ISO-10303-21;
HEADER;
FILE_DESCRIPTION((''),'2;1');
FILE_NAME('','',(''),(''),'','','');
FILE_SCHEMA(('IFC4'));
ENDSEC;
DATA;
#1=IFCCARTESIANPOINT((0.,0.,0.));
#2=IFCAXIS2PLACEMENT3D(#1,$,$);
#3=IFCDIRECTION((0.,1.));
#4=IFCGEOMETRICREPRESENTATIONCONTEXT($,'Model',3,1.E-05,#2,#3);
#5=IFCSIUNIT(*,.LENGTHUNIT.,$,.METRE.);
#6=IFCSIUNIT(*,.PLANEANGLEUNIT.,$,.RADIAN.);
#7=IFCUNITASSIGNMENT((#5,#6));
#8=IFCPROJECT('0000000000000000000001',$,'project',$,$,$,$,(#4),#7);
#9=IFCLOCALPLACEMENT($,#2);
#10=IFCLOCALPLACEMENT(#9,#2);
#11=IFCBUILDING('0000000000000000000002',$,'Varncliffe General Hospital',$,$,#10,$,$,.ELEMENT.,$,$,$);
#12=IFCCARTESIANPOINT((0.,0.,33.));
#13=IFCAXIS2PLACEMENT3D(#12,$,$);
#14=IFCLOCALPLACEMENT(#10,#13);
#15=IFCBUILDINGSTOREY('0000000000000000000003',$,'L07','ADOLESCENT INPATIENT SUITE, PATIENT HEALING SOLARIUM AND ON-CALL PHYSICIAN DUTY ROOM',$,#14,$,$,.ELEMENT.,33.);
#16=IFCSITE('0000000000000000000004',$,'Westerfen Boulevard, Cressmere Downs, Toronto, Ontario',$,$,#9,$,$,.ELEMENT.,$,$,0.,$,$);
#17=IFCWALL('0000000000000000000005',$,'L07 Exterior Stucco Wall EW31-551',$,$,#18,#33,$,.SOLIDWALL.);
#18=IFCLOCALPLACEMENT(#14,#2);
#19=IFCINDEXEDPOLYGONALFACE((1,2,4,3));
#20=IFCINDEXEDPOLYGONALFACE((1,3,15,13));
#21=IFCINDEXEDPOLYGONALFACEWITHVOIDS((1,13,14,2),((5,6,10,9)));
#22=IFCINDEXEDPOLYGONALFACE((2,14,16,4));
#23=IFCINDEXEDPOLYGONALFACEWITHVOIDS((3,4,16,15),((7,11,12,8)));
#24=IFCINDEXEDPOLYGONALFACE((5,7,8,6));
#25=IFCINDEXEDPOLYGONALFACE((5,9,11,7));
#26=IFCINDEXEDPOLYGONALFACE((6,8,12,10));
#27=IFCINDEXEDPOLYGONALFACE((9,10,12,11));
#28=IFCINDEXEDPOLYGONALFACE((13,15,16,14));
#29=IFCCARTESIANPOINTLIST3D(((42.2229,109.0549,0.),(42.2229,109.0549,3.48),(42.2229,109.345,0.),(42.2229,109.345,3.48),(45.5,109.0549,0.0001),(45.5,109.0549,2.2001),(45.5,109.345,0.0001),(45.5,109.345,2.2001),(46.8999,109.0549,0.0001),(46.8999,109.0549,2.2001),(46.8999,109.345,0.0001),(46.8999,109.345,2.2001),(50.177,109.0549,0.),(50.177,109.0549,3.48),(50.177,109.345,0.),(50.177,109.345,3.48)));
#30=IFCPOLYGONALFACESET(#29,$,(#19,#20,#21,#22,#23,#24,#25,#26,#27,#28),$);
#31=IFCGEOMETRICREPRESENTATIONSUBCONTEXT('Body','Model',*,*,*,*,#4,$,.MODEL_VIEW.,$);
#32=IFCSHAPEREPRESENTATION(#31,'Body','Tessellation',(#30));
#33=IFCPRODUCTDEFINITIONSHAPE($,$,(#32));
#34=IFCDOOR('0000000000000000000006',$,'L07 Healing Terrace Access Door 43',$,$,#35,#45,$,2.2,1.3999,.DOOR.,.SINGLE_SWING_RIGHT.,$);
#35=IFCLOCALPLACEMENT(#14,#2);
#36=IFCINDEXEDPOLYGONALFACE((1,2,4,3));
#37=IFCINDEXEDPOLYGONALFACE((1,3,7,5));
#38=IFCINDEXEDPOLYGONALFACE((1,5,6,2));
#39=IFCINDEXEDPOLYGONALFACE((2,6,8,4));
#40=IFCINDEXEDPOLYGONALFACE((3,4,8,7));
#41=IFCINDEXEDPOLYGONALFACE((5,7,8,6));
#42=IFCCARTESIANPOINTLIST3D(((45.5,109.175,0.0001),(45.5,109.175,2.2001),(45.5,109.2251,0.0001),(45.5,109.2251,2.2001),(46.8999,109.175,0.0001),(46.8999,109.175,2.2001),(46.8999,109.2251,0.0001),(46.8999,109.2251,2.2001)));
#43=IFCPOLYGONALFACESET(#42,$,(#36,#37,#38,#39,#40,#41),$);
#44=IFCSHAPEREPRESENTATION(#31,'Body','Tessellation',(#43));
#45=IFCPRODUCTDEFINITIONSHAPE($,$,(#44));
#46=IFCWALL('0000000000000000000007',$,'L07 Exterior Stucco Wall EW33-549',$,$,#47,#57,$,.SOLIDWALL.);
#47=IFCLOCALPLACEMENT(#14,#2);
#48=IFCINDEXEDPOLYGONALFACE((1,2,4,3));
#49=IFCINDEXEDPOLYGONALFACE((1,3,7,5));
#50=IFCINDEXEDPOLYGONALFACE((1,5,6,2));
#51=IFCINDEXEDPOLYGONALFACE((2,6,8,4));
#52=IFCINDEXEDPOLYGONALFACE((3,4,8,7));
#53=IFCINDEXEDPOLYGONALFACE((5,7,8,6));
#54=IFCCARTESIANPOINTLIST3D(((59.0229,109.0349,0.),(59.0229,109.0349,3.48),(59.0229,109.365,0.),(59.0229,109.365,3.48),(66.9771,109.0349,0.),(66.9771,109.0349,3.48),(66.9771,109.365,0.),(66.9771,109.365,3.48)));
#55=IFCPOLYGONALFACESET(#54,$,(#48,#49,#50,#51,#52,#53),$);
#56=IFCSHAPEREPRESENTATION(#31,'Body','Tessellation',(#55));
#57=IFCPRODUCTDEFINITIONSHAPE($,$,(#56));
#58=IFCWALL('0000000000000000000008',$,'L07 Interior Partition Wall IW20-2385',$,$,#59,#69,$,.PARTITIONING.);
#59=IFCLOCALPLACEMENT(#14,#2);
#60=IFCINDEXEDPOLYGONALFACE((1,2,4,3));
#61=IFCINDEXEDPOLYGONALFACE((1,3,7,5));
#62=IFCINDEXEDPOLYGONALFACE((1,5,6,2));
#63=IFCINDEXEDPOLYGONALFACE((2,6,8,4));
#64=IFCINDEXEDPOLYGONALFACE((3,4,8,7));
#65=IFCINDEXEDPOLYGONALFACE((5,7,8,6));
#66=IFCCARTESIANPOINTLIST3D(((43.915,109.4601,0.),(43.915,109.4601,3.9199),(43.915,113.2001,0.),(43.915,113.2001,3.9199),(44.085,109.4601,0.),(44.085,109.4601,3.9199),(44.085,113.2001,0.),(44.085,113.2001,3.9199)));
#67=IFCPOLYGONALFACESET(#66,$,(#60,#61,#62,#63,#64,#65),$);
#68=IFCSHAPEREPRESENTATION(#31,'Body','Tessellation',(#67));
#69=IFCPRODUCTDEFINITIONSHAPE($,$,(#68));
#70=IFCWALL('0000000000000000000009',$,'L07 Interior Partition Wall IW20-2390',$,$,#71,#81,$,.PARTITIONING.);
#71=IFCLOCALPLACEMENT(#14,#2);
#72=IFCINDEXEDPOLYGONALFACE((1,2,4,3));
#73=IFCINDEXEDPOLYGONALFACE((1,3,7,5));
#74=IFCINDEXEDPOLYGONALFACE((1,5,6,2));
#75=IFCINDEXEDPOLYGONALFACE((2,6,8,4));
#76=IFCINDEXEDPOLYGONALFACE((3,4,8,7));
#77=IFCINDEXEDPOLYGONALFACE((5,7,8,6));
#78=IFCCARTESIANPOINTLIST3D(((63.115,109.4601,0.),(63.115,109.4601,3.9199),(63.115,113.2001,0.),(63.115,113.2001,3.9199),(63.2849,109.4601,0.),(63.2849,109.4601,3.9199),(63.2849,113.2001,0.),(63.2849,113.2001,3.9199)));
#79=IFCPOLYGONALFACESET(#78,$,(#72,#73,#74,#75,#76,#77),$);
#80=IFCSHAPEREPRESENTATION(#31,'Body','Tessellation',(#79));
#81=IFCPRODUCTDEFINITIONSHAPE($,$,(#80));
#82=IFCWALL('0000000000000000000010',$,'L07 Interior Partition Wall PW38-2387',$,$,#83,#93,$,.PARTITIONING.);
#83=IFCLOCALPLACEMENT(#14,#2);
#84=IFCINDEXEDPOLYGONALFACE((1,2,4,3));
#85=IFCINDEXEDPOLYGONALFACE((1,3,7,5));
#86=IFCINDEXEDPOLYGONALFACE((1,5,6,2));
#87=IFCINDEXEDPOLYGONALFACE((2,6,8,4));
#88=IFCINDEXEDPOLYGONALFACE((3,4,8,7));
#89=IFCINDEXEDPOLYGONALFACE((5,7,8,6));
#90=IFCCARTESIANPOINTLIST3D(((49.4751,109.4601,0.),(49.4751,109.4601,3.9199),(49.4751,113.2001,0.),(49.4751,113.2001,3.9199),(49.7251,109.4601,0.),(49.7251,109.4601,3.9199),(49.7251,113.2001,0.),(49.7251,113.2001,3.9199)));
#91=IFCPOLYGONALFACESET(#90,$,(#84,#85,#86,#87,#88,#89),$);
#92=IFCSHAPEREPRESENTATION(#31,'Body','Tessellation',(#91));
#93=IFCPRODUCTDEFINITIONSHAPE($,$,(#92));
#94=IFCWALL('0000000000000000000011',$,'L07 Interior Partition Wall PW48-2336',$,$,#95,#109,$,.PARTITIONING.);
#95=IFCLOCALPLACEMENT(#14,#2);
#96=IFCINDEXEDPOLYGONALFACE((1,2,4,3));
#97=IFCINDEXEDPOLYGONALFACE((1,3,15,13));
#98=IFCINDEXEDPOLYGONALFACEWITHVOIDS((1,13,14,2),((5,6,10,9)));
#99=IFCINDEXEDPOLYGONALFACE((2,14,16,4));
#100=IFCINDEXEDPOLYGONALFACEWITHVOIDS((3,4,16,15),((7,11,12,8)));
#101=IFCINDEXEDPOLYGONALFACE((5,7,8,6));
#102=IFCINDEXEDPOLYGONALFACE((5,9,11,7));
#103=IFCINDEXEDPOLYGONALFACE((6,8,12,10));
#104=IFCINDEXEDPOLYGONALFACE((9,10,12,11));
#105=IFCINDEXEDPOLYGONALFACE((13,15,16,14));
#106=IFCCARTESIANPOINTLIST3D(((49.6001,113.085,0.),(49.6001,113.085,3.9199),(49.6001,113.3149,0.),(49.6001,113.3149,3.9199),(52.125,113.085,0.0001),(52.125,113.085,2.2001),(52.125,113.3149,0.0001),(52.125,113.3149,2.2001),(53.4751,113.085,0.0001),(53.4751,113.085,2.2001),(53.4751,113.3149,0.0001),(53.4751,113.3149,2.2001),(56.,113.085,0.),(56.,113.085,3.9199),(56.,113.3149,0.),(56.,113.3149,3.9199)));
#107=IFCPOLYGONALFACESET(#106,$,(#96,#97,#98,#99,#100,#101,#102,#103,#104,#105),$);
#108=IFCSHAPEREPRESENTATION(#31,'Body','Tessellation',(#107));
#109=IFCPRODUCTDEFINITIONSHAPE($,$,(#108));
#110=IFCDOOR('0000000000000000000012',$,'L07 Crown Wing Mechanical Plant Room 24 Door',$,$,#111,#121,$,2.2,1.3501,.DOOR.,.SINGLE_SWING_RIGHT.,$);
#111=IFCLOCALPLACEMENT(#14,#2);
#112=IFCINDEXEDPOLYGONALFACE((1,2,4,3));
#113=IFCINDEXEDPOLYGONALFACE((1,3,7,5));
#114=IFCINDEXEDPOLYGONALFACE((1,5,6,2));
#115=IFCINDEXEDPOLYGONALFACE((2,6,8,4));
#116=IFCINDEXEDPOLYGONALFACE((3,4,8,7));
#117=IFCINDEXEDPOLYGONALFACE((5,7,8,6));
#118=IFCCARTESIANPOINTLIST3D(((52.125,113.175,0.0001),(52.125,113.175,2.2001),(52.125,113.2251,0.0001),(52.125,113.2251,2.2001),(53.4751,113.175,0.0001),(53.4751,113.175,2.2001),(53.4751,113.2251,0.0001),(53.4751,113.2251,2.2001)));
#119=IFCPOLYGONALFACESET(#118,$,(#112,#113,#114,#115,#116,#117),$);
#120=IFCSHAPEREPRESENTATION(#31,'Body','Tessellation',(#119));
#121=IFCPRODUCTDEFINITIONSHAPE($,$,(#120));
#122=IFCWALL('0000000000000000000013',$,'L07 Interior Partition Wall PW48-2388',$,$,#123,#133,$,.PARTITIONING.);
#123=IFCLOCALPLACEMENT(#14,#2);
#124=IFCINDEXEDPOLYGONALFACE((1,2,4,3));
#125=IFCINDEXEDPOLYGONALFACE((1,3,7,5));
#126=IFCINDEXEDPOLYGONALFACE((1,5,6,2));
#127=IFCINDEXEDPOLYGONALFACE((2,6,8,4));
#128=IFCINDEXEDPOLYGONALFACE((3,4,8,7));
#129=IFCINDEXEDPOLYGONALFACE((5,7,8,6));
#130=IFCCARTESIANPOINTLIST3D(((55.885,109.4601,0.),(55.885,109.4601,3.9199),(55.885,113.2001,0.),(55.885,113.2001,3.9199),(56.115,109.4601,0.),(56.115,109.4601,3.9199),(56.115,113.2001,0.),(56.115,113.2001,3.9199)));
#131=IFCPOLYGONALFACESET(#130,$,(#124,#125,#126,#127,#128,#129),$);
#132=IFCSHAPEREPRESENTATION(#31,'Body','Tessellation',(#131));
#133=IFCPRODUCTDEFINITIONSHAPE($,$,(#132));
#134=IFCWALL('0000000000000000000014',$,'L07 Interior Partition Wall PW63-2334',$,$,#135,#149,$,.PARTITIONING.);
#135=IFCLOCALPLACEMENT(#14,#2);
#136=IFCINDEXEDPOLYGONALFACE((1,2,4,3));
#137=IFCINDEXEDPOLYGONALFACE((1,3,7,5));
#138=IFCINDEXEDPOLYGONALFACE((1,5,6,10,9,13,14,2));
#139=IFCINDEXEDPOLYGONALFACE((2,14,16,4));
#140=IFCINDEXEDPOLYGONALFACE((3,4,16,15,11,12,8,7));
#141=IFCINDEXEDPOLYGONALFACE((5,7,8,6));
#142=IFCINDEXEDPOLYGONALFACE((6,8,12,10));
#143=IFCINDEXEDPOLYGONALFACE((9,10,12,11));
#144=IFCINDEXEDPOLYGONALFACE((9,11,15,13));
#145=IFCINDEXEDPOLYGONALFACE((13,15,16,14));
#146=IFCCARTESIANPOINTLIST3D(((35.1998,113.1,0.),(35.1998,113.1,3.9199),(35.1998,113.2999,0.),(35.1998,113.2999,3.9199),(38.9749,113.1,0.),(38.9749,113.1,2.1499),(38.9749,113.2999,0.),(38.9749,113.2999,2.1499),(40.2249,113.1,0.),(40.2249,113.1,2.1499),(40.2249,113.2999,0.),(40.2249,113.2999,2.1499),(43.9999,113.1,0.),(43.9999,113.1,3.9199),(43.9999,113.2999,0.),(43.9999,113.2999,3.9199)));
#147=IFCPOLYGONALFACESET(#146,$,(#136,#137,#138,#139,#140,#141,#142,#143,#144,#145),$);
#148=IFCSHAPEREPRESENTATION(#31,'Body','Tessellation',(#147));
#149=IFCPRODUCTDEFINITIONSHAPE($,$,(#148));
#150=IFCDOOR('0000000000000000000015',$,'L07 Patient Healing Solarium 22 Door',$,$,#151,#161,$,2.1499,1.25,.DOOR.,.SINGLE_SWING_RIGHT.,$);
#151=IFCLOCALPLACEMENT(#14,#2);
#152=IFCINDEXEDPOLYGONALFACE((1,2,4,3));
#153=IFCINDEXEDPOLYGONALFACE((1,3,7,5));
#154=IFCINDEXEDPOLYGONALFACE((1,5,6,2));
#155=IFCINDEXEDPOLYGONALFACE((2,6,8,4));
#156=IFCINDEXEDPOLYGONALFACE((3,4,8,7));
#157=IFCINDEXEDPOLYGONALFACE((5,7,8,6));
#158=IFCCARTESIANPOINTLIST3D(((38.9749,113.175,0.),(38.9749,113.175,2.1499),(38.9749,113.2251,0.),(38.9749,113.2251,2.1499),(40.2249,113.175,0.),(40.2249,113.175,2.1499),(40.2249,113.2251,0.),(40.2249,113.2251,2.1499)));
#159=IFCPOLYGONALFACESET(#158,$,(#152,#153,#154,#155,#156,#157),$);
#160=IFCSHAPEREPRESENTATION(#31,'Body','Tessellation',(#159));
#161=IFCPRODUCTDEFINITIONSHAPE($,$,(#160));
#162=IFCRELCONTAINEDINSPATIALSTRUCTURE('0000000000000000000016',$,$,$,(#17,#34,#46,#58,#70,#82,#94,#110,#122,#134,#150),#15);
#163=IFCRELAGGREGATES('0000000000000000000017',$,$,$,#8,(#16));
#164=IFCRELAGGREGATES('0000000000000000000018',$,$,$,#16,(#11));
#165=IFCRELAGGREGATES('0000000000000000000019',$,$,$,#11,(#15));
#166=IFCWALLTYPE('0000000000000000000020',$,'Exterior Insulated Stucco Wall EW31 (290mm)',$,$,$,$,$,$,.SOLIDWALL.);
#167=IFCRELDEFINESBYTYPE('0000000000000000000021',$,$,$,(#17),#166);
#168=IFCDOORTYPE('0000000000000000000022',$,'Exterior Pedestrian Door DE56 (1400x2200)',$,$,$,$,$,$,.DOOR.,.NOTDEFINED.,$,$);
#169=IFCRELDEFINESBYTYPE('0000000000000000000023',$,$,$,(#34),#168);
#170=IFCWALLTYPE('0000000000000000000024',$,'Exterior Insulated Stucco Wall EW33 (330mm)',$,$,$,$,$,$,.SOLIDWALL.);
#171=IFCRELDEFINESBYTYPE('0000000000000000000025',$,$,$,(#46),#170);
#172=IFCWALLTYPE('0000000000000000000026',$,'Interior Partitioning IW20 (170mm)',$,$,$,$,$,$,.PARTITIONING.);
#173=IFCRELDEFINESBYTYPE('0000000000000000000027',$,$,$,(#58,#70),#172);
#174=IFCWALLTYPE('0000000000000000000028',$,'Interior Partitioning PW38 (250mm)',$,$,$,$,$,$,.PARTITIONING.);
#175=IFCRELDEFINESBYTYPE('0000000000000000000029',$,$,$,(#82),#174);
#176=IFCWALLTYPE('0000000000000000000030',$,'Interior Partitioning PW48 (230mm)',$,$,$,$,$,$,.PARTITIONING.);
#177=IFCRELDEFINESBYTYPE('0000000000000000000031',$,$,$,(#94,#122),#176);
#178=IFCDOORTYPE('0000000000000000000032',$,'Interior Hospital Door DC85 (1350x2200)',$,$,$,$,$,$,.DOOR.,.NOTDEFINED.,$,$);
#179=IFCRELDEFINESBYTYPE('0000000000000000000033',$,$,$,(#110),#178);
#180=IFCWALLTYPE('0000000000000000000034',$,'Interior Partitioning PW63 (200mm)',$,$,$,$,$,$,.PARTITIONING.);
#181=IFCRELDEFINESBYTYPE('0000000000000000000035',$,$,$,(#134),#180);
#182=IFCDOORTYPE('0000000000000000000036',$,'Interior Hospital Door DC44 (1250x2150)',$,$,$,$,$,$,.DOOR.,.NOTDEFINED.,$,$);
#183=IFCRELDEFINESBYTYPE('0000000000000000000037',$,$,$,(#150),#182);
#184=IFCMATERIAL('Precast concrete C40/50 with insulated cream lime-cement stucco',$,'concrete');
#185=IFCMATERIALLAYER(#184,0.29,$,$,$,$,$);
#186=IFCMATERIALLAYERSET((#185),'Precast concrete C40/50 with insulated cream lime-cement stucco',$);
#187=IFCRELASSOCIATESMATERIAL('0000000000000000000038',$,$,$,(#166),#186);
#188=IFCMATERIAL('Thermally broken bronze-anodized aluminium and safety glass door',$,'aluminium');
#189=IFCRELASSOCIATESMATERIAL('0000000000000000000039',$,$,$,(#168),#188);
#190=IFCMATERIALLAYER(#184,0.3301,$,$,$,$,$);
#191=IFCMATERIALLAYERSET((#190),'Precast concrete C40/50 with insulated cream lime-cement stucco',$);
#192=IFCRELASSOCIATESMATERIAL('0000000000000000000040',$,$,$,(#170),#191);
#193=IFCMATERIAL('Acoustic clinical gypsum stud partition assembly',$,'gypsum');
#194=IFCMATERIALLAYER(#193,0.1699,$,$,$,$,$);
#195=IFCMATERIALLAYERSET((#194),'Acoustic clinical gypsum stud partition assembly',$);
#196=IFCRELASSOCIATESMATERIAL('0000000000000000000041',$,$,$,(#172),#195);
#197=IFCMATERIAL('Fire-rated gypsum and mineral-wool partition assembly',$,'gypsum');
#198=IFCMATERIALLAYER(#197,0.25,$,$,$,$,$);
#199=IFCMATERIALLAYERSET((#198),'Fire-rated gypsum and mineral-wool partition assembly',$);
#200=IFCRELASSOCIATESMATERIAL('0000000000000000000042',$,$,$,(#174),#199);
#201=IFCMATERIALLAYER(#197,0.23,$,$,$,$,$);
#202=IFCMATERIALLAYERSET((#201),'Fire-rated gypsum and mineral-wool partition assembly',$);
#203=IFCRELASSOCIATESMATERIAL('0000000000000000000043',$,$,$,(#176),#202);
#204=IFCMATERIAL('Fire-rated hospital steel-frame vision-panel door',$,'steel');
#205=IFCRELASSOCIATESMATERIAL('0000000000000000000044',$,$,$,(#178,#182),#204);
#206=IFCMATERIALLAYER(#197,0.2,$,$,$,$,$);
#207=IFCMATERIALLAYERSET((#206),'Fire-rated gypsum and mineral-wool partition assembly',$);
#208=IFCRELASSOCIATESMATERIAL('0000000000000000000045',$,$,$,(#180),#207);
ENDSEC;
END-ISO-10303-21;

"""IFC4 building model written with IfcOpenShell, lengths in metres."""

from ifc_helpers import new_model, si_unit, direction, frame, frame_2d, origin, place, context, subcontext, project, spatial, rectangle, extrude, material, layer, layer_set, type_object, element, fill, save


model = new_model("IFC4")

# Units and contexts
model_context = context("Model", 3, precision=1e-05, world=origin(), true_north=direction((0.0, 1.0)))
body_context = subcontext(model_context, "Body", "Model", "MODEL_VIEW")
ifc_project = project(units=[si_unit("LENGTHUNIT", "METRE"), si_unit("PLANEANGLEUNIT", "RADIAN")], contexts=[model_context])

# Site, building, storey
site_placement = place(None, origin())
site = spatial("IfcSite", under=ifc_project, at=site_placement, Name="Westerfen Boulevard, Cressmere Downs, Toronto, Ontario", CompositionType="ELEMENT", RefElevation=0.0)
building_placement = place(site_placement, origin())
building = spatial("IfcBuilding", under=site, at=building_placement, Name="Varncliffe General Hospital", CompositionType="ELEMENT")
storey_placement = place(building_placement, frame((0.0, 0.0, 33.0)))
storey = spatial("IfcBuildingStorey", under=building, at=storey_placement, Name="L07", Description="ADOLESCENT INPATIENT SUITE, PATIENT HEALING SOLARIUM AND ON-CALL PHYSICIAN DUTY ROOM", CompositionType="ELEMENT", Elevation=33.0)

# Shared definitions
ifc_material_1 = material(Name="Precast concrete C40/50 with insulated cream lime-cement stucco", Category="concrete")

# Wall, opening, door
ifc_layer_1 = layer(ifc_material_1, 0.29)
ifc_layer_set_1 = layer_set([ifc_layer_1], Name="Precast concrete C40/50 with insulated cream lime-cement stucco")
wall_type_1 = type_object("IfcWallType", Name="Exterior Insulated Stucco Wall EW31 (290mm)", PredefinedType="SOLIDWALL", material=ifc_layer_set_1)
wall_1_placement = place(storey_placement, frame((50.177, 109.2, 0.0), z_axis=(0.0, 0.0, 1.0), x_axis=(-1.0, 0.0, 0.0)))
wall_1 = element("IfcWall", 1, at=wall_1_placement, inside=storey, type_object=wall_type_1, Name="L07 Exterior Stucco Wall EW31-551", PredefinedType="SOLIDWALL", context=body_context, shape_type="SweptSolid", body=[
    extrude(rectangle(XDim=7.9541, YDim=0.29, at=frame_2d((3.9771, 0.0))), origin(), (0.0, 0.0, 1.0), 3.48),
])
opening_1_placement = place(wall_1_placement, frame((3.2771, 0.0, 0.0)))
opening_1 = element("IfcOpeningElement", 2, at=opening_1_placement, cuts=wall_1, PredefinedType="OPENING", context=body_context, shape_type="SweptSolid", body=[
    extrude(rectangle(XDim=1.3999, YDim=2.2, at=frame_2d((0.7, 1.1001))), frame((0.0, 0.155, 0.0), z_axis=(0.0, -1.0, 0.0), x_axis=(1.0, 0.0, 0.0)), (0.0, 0.0, 1.0), 0.3101),
])
ifc_material_2 = material(Name="Thermally broken bronze-anodized aluminium and safety glass door", Category="aluminium")
door_type_1 = type_object("IfcDoorType", Name="Exterior Pedestrian Door DE56 (1400x2200)", OperationType="NOTDEFINED", PredefinedType="DOOR", material=ifc_material_2)
door_1_placement = place(opening_1_placement, origin())
door_1 = element("IfcDoor", 3, at=door_1_placement, inside=storey, type_object=door_type_1, Name="L07 Healing Terrace Access Door 43", OperationType="SINGLE_SWING_RIGHT", OverallHeight=2.2, OverallWidth=1.3999, PredefinedType="DOOR", context=body_context, shape_type="SweptSolid", body=[
    extrude(rectangle(XDim=1.3999, YDim=2.2, at=frame_2d((0.7, 1.1001))), frame((0.0, 0.0249, 0.0), z_axis=(0.0, -1.0, 0.0), x_axis=(1.0, 0.0, 0.0)), (0.0, 0.0, 1.0), 0.05),
])
fill(opening_1, door_1)

# Walls
ifc_layer_2 = layer(ifc_material_1, 0.3301)
ifc_layer_set_2 = layer_set([ifc_layer_2], Name="Precast concrete C40/50 with insulated cream lime-cement stucco")
wall_type_2 = type_object("IfcWallType", Name="Exterior Insulated Stucco Wall EW33 (330mm)", PredefinedType="SOLIDWALL", material=ifc_layer_set_2)
wall_2_placement = place(storey_placement, frame((66.9771, 109.2, 0.0), z_axis=(0.0, 0.0, 1.0), x_axis=(-1.0, 0.0, 0.0)))
element("IfcWall", 4, at=wall_2_placement, inside=storey, type_object=wall_type_2, Name="L07 Exterior Stucco Wall EW33-549", PredefinedType="SOLIDWALL", context=body_context, shape_type="SweptSolid", body=[
    extrude(rectangle(XDim=7.9541, YDim=0.3301, at=frame_2d((3.9771, 0.0))), origin(), (0.0, 0.0, 1.0), 3.48),
])
ifc_material_3 = material(Name="Acoustic clinical gypsum stud partition assembly", Category="gypsum")
ifc_layer_3 = layer(ifc_material_3, 0.1699)
ifc_layer_set_3 = layer_set([ifc_layer_3], Name="Acoustic clinical gypsum stud partition assembly")
wall_type_3 = type_object("IfcWallType", Name="Interior Partitioning IW20 (170mm)", PredefinedType="PARTITIONING", material=ifc_layer_set_3)
for number, where, z_axis, x_axis, name in (
    (5, (44.0, 109.46, 0.0), (0.0, 0.0, 1.0), (0.0, 1.0, 0.0), "L07 Interior Partition Wall IW20-2385"),
    (6, (63.2, 109.46, 0.0), (0.0, 0.0, 1.0), (0.0, 1.0, 0.0), "L07 Interior Partition Wall IW20-2390"),
):
    element("IfcWall", number, at=place(storey_placement, frame(where, z_axis=z_axis, x_axis=x_axis)), inside=storey, type_object=wall_type_3, Name=name, PredefinedType="PARTITIONING", context=body_context, shape_type="SweptSolid", body=[
        extrude(rectangle(XDim=3.74, YDim=0.1699, at=frame_2d((1.8701, 0.0))), origin(), (0.0, 0.0, 1.0), 3.9199),
    ])
ifc_material_4 = material(Name="Fire-rated gypsum and mineral-wool partition assembly", Category="gypsum")
ifc_layer_4 = layer(ifc_material_4, 0.25)
ifc_layer_set_4 = layer_set([ifc_layer_4], Name="Fire-rated gypsum and mineral-wool partition assembly")
wall_type_4 = type_object("IfcWallType", Name="Interior Partitioning PW38 (250mm)", PredefinedType="PARTITIONING", material=ifc_layer_set_4)
wall_3_placement = place(storey_placement, frame((49.6001, 109.46, 0.0), z_axis=(0.0, 0.0, 1.0), x_axis=(0.0, 1.0, 0.0)))
element("IfcWall", 7, at=wall_3_placement, inside=storey, type_object=wall_type_4, Name="L07 Interior Partition Wall PW38-2387", PredefinedType="PARTITIONING", context=body_context, shape_type="SweptSolid", body=[
    extrude(rectangle(XDim=3.74, YDim=0.25, at=frame_2d((1.8701, 0.0))), origin(), (0.0, 0.0, 1.0), 3.9199),
])

# Wall, opening, door
ifc_layer_5 = layer(ifc_material_4, 0.23)
ifc_layer_set_5 = layer_set([ifc_layer_5], Name="Fire-rated gypsum and mineral-wool partition assembly")
wall_type_5 = type_object("IfcWallType", Name="Interior Partitioning PW48 (230mm)", PredefinedType="PARTITIONING", material=ifc_layer_set_5)
wall_4_placement = place(storey_placement, frame((49.6001, 113.2, 0.0), z_axis=(0.0, 0.0, 1.0), x_axis=(1.0, 0.0, 0.0)))
wall_4 = element("IfcWall", 8, at=wall_4_placement, inside=storey, type_object=wall_type_5, Name="L07 Interior Partition Wall PW48-2336", PredefinedType="PARTITIONING", context=body_context, shape_type="SweptSolid", body=[
    extrude(rectangle(XDim=6.3999, YDim=0.23, at=frame_2d((3.2, 0.0))), origin(), (0.0, 0.0, 1.0), 3.9199),
])
opening_2_placement = place(wall_4_placement, frame((2.5249, 0.0, 0.0)))
opening_2 = element("IfcOpeningElement", 9, at=opening_2_placement, cuts=wall_4, PredefinedType="OPENING", context=body_context, shape_type="SweptSolid", body=[
    extrude(rectangle(XDim=1.3501, YDim=2.2, at=frame_2d((0.675, 1.1001))), frame((0.0, 0.125, 0.0), z_axis=(0.0, -1.0, 0.0), x_axis=(1.0, 0.0, 0.0)), (0.0, 0.0, 1.0), 0.25),
])
ifc_material_5 = material(Name="Fire-rated hospital steel-frame vision-panel door", Category="steel")
door_type_2 = type_object("IfcDoorType", Name="Interior Hospital Door DC85 (1350x2200)", OperationType="NOTDEFINED", PredefinedType="DOOR", material=ifc_material_5)
door_2_placement = place(opening_2_placement, frame((1.3501, 0.0, 0.0), z_axis=(0.0, 0.0, 1.0), x_axis=(-1.0, 0.0, 0.0)))
door_2 = element("IfcDoor", 10, at=door_2_placement, inside=storey, type_object=door_type_2, Name="L07 Crown Wing Mechanical Plant Room 24 Door", OperationType="SINGLE_SWING_RIGHT", OverallHeight=2.2, OverallWidth=1.3501, PredefinedType="DOOR", context=body_context, shape_type="SweptSolid", body=[
    extrude(rectangle(XDim=1.3501, YDim=2.2, at=frame_2d((0.675, 1.1001))), frame((0.0, 0.0249, 0.0), z_axis=(0.0, -1.0, 0.0), x_axis=(1.0, 0.0, 0.0)), (0.0, 0.0, 1.0), 0.05),
])
fill(opening_2, door_2)

# Wall
wall_5_placement = place(storey_placement, frame((56.0, 109.46, 0.0), z_axis=(0.0, 0.0, 1.0), x_axis=(0.0, 1.0, 0.0)))
element("IfcWall", 11, at=wall_5_placement, inside=storey, type_object=wall_type_5, Name="L07 Interior Partition Wall PW48-2388", PredefinedType="PARTITIONING", context=body_context, shape_type="SweptSolid", body=[
    extrude(rectangle(XDim=3.74, YDim=0.23, at=frame_2d((1.8701, 0.0))), origin(), (0.0, 0.0, 1.0), 3.9199),
])

# Wall, opening, door
ifc_layer_6 = layer(ifc_material_4, 0.2)
ifc_layer_set_6 = layer_set([ifc_layer_6], Name="Fire-rated gypsum and mineral-wool partition assembly")
wall_type_6 = type_object("IfcWallType", Name="Interior Partitioning PW63 (200mm)", PredefinedType="PARTITIONING", material=ifc_layer_set_6)
wall_6_placement = place(storey_placement, frame((35.2, 113.2, 0.0), z_axis=(0.0, 0.0, 1.0), x_axis=(1.0, 0.0, 0.0)))
wall_6 = element("IfcWall", 12, at=wall_6_placement, inside=storey, type_object=wall_type_6, Name="L07 Interior Partition Wall PW63-2334", PredefinedType="PARTITIONING", context=body_context, shape_type="SweptSolid", body=[
    extrude(rectangle(XDim=8.8, YDim=0.2, at=frame_2d((4.3999, 0.0))), origin(), (0.0, 0.0, 1.0), 3.9199),
])
opening_3_placement = place(wall_6_placement, frame((3.7749, 0.0, 0.0)))
opening_3 = element("IfcOpeningElement", 13, at=opening_3_placement, cuts=wall_6, PredefinedType="OPENING", context=body_context, shape_type="SweptSolid", body=[
    extrude(rectangle(XDim=1.25, YDim=2.1499, at=frame_2d((0.625, 1.075))), frame((0.0, 0.1099, 0.0), z_axis=(0.0, -1.0, 0.0), x_axis=(1.0, 0.0, 0.0)), (0.0, 0.0, 1.0), 0.22),
])
door_type_3 = type_object("IfcDoorType", Name="Interior Hospital Door DC44 (1250x2150)", OperationType="NOTDEFINED", PredefinedType="DOOR", material=ifc_material_5)
door_3_placement = place(opening_3_placement, frame((1.25, 0.0, 0.0), z_axis=(0.0, 0.0, 1.0), x_axis=(-1.0, 0.0, 0.0)))
door_3 = element("IfcDoor", 14, at=door_3_placement, inside=storey, type_object=door_type_3, Name="L07 Patient Healing Solarium 22 Door", OperationType="SINGLE_SWING_RIGHT", OverallHeight=2.1499, OverallWidth=1.25, PredefinedType="DOOR", context=body_context, shape_type="SweptSolid", body=[
    extrude(rectangle(XDim=1.25, YDim=2.1499, at=frame_2d((0.625, 1.075))), frame((0.0, 0.0249, 0.0), z_axis=(0.0, -1.0, 0.0), x_axis=(1.0, 0.0, 0.0)), (0.0, 0.0, 1.0), 0.05),
])
fill(opening_3, door_3)

save(model, "model.ifc")
